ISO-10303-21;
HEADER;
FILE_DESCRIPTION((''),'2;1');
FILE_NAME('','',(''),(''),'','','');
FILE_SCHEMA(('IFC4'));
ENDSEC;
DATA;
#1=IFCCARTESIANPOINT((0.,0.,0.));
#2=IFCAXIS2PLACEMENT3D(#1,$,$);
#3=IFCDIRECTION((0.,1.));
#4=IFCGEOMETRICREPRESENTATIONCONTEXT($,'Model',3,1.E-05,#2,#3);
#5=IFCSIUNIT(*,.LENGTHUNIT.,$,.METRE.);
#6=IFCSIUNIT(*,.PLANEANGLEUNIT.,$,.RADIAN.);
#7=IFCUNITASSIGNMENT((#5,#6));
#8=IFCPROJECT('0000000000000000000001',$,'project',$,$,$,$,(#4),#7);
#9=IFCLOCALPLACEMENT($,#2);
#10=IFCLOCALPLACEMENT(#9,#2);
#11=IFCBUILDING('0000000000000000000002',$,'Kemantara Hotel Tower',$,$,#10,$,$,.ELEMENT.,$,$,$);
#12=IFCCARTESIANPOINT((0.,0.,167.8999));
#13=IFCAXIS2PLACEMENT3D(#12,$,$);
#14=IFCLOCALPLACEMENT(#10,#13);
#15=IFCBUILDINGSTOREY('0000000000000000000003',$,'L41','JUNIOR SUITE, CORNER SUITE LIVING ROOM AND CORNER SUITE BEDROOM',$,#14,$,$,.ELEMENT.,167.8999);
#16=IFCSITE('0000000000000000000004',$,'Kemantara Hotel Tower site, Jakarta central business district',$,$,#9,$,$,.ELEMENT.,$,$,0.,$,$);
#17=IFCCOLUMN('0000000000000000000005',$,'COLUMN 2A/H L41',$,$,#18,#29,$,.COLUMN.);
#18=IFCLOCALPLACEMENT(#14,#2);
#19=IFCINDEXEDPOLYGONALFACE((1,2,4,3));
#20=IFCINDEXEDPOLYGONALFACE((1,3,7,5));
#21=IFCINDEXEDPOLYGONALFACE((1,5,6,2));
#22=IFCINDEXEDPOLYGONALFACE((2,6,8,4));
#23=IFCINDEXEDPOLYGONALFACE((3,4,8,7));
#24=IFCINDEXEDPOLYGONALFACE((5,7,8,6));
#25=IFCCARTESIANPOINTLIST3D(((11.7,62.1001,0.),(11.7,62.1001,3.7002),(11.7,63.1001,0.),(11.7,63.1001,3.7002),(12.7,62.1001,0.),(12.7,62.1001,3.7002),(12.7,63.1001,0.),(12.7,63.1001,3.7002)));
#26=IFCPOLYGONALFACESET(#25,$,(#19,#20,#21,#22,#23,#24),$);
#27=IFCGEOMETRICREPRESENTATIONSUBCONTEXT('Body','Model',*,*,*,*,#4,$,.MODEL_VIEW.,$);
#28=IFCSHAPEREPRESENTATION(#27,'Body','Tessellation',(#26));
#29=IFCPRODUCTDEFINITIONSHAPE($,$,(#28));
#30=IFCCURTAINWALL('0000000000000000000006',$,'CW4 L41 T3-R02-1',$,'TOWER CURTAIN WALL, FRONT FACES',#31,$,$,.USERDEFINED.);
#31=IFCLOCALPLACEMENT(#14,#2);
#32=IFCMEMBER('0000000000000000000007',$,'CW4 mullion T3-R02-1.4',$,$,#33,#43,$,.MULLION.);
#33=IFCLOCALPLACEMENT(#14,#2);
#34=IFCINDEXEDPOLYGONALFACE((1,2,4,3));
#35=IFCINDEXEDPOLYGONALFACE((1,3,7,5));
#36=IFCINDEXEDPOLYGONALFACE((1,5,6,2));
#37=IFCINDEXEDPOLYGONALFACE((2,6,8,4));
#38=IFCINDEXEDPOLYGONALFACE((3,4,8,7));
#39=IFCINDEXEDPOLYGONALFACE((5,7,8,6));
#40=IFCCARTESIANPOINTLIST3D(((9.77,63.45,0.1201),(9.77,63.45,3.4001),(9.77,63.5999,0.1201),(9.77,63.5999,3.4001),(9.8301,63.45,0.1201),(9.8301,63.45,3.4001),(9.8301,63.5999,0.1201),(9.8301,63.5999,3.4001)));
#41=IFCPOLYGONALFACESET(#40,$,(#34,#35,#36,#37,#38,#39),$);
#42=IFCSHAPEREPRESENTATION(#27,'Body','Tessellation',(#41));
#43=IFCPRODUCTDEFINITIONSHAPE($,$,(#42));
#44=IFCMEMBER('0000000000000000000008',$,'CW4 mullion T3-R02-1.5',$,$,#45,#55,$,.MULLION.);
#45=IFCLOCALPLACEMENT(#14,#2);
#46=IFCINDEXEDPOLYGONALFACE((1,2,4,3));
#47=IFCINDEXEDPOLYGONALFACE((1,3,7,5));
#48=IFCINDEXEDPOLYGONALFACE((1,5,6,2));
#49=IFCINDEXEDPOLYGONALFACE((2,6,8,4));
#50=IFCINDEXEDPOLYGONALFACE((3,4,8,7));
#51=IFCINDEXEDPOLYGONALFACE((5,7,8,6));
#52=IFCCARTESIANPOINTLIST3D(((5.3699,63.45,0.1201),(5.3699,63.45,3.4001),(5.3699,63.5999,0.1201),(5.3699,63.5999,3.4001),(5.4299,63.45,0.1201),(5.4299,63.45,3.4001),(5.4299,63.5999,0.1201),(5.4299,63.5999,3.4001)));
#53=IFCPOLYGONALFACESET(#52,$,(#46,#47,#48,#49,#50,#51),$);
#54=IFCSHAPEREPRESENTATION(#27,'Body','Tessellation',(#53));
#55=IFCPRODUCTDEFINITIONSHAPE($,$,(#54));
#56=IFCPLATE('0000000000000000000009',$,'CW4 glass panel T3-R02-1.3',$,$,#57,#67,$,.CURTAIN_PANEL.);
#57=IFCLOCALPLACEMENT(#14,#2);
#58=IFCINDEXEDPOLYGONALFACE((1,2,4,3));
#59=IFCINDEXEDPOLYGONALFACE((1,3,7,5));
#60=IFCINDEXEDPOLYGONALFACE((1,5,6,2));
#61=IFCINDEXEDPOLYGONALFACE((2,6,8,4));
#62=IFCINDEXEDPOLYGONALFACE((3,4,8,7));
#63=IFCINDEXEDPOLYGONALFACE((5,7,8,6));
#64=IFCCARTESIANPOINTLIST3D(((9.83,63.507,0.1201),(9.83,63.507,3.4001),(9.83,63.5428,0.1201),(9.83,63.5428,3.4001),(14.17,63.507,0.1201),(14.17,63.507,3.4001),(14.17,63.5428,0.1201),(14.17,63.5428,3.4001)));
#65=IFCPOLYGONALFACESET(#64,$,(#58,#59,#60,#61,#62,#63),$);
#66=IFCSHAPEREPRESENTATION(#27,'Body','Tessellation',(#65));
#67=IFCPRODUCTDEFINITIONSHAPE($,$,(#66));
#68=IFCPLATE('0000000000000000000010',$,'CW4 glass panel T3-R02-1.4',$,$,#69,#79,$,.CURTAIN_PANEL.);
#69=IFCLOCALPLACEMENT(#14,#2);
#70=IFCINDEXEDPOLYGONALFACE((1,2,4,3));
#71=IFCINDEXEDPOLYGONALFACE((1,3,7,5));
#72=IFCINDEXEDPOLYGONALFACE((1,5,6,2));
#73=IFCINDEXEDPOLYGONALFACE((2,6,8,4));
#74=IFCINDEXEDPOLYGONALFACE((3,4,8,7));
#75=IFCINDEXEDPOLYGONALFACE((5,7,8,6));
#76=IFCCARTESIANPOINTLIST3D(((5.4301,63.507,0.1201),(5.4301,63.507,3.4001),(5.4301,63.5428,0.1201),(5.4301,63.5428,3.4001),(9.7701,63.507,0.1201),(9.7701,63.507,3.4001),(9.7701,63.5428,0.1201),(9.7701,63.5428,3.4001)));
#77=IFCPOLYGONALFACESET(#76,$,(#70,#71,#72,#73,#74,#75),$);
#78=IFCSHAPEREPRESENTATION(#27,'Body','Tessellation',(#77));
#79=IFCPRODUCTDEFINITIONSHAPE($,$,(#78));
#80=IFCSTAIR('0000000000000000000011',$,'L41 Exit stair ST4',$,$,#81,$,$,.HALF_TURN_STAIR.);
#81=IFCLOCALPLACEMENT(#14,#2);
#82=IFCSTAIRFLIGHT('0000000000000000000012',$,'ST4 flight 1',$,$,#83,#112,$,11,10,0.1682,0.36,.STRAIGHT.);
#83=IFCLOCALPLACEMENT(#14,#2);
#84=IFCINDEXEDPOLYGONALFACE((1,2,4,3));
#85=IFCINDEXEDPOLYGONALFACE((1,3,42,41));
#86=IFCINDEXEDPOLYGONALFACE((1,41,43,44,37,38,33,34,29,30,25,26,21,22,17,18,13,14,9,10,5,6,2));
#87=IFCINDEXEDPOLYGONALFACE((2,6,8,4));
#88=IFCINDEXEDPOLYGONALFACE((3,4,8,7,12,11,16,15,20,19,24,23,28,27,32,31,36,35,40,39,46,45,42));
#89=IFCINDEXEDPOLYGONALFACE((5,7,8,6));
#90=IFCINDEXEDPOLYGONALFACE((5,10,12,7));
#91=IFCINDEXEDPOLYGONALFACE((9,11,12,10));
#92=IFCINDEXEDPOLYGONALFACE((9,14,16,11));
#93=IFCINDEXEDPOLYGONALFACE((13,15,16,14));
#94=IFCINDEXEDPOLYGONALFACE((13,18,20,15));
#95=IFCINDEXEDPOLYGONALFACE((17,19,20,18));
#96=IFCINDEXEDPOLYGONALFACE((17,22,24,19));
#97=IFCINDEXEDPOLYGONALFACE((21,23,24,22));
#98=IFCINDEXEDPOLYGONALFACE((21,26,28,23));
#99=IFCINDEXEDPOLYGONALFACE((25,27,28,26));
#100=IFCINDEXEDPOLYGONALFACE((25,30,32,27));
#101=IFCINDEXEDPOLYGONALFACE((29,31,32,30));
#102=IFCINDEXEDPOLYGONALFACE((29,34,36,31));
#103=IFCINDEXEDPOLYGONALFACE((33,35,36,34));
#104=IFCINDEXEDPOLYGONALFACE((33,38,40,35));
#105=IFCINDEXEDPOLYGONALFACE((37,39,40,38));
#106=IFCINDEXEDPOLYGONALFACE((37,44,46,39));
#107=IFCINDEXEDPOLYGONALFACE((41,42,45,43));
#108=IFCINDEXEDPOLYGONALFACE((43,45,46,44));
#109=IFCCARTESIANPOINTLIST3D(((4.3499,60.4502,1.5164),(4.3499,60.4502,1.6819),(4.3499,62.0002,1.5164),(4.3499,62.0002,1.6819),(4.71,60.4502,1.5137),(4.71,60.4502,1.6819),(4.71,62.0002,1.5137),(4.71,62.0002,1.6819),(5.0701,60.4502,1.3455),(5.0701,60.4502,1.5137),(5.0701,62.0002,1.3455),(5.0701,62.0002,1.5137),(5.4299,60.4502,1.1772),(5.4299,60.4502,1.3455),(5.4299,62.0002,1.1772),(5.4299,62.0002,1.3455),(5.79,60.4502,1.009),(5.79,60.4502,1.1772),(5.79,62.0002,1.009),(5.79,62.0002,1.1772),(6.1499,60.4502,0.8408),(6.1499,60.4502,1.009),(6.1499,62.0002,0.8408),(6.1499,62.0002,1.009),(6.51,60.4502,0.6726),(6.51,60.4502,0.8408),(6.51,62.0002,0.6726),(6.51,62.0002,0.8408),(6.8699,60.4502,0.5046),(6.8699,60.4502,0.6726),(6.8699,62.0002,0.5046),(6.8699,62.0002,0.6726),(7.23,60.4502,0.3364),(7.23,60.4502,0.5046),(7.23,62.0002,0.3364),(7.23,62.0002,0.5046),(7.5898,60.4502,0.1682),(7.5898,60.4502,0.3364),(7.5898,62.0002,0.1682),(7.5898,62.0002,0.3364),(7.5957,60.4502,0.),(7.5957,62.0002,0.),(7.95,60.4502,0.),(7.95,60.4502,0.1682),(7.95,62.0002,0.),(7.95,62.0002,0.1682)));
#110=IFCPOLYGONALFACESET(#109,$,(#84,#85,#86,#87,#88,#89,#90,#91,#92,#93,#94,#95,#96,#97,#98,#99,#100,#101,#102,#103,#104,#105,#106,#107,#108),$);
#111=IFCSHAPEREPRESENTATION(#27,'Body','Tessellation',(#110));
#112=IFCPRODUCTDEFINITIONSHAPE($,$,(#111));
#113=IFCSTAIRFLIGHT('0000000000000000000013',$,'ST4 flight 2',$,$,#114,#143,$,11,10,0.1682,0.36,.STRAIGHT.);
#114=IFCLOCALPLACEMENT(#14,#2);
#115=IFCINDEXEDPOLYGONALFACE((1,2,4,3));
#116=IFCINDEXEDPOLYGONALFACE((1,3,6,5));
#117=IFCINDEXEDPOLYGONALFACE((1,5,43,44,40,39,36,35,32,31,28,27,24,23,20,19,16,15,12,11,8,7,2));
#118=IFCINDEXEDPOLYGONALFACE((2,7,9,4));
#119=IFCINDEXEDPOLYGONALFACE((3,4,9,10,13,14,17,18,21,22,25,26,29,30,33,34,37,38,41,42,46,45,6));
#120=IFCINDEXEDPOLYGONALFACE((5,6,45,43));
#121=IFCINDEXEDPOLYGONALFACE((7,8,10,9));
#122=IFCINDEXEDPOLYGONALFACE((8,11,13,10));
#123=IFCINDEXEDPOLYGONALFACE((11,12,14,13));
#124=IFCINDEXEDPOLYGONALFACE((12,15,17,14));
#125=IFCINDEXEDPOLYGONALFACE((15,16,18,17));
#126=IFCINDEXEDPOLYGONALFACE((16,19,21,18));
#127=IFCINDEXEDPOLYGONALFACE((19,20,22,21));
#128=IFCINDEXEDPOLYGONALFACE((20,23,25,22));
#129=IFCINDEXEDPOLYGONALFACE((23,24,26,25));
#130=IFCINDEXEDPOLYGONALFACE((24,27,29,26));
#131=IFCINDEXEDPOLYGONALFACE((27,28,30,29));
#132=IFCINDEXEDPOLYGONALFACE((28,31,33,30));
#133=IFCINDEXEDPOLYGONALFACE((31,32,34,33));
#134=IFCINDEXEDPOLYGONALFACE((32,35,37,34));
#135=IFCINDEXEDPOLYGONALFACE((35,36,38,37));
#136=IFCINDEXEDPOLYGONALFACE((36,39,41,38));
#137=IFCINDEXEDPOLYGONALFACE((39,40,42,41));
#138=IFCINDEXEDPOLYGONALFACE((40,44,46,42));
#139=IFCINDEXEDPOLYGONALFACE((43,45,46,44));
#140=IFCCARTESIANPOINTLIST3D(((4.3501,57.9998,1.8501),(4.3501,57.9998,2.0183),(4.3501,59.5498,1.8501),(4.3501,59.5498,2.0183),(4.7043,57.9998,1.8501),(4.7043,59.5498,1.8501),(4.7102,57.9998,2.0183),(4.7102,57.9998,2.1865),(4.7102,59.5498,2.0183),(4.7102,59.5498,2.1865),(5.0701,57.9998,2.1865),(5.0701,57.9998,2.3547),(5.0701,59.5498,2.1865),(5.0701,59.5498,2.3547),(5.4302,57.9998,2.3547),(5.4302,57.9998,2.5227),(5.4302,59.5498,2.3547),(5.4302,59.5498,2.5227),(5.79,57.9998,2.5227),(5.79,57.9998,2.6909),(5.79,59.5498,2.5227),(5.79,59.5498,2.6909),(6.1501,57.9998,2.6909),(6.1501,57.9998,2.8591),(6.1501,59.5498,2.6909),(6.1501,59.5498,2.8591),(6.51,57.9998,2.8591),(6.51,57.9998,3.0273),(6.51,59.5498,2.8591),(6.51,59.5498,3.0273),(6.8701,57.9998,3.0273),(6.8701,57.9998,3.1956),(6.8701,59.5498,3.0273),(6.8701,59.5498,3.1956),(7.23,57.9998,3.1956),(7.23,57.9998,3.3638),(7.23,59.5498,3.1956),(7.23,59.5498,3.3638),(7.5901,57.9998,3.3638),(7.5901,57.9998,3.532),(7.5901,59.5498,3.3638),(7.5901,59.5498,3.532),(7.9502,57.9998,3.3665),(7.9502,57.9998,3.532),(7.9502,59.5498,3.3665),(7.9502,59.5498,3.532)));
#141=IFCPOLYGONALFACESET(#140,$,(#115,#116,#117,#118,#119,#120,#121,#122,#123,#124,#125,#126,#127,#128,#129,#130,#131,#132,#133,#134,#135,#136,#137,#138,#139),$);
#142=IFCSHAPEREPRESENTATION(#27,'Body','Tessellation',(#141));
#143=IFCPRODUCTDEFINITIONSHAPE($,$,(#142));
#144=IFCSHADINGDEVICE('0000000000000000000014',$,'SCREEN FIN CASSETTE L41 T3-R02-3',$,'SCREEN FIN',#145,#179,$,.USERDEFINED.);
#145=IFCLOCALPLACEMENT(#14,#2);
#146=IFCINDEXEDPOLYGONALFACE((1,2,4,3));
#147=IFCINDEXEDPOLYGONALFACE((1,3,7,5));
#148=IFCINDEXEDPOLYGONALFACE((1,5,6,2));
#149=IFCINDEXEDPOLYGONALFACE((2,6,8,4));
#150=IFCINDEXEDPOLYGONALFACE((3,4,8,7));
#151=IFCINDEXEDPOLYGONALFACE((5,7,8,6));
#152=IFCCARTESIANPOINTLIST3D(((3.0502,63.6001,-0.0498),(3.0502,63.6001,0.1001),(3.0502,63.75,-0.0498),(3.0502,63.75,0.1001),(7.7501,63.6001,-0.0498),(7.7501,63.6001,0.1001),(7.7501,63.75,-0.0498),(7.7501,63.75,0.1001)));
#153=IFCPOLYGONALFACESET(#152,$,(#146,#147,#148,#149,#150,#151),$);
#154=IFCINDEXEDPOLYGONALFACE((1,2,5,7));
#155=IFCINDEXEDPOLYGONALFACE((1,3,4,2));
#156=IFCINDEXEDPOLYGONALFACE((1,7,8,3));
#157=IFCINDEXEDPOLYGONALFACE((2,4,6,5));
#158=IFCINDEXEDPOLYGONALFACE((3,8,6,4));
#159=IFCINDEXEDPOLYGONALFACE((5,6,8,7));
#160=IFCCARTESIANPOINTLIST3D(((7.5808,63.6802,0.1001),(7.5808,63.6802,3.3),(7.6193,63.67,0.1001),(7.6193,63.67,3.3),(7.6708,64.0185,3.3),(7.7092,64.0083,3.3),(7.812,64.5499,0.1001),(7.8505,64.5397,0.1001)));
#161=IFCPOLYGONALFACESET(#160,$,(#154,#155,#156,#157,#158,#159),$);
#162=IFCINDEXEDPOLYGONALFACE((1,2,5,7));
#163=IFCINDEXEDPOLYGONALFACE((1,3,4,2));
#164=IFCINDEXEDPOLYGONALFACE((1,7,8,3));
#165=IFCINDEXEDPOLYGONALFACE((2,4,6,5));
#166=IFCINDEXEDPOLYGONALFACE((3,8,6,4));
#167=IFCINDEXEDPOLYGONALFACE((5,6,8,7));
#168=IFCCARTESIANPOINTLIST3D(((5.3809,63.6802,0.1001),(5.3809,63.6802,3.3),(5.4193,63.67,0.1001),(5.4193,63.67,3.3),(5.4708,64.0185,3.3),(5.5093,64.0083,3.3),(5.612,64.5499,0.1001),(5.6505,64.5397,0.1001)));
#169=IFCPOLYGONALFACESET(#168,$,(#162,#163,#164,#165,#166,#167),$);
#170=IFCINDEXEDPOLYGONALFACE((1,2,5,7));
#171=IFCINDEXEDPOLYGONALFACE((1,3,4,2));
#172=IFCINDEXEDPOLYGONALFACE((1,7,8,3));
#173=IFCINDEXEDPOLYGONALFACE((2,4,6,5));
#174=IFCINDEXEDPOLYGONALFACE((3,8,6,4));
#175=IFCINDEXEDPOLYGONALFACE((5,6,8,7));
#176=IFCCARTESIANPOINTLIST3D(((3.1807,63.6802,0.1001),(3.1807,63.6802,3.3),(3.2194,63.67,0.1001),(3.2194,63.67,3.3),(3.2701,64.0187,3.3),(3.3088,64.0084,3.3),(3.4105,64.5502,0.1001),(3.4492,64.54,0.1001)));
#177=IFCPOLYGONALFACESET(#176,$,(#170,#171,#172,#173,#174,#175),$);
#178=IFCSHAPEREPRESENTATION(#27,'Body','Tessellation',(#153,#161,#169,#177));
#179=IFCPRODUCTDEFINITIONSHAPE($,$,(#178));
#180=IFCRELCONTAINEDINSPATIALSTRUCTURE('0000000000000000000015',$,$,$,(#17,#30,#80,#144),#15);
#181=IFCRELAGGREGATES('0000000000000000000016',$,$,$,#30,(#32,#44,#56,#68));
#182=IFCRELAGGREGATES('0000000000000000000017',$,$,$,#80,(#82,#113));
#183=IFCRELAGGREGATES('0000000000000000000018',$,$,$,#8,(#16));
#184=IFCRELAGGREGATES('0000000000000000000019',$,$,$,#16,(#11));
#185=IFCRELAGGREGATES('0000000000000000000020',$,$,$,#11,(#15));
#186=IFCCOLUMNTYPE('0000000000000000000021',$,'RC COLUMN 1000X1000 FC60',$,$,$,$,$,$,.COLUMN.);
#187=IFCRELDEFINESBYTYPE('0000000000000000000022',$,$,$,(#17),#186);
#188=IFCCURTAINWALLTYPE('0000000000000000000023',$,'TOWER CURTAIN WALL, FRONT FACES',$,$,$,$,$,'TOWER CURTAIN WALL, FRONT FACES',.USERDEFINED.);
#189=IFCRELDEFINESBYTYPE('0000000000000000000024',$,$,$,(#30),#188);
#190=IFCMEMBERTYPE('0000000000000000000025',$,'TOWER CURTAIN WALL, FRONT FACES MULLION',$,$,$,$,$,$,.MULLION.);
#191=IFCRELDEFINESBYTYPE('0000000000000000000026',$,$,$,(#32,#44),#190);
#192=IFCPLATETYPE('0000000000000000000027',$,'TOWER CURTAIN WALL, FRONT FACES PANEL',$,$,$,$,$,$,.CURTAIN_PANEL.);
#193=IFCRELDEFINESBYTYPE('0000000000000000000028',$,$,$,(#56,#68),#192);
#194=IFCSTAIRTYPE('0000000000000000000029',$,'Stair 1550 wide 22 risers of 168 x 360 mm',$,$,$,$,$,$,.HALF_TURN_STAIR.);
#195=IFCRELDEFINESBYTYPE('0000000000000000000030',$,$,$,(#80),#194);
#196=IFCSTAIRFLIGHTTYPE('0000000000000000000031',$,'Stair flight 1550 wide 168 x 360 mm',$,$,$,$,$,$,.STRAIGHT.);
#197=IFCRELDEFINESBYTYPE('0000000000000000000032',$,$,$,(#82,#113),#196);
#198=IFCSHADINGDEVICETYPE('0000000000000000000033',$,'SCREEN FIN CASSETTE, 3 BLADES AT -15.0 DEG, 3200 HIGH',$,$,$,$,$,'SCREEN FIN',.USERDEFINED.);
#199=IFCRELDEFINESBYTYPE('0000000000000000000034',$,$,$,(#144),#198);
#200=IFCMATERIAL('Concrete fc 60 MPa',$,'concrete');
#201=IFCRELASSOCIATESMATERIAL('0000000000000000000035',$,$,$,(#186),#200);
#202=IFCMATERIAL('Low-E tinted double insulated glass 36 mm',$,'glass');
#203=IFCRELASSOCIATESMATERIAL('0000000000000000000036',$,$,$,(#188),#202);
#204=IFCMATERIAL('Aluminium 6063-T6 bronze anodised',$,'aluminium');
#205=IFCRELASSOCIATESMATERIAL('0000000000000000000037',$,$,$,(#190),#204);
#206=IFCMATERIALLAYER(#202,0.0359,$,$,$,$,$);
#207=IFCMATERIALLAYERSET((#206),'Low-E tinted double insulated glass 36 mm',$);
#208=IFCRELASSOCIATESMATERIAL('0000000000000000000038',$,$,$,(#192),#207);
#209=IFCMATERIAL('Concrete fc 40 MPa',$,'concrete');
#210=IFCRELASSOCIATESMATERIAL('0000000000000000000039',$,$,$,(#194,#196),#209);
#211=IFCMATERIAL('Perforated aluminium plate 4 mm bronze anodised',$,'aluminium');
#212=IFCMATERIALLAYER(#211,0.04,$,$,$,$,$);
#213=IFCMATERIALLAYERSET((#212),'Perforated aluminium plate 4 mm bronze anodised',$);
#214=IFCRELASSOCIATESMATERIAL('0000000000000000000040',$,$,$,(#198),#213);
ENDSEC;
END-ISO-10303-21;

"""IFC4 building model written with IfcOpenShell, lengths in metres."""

from ifc_helpers import new_model, si_unit, direction, frame, origin, origin_2d, place, context, subcontext, project, spatial, polyline, rectangle, outline, extrude, source, transform, mapped, material, layer, layer_set, material_profile, profile_set, type_object, element, aggregate, save


model = new_model("IFC4")

# Units and contexts
model_context = context("Model", 3, precision=1e-05, world=origin(), true_north=direction((0.0, 1.0)))
body_context = subcontext(model_context, "Body", "Model", "MODEL_VIEW")
ifc_project = project(units=[si_unit("LENGTHUNIT", "METRE"), si_unit("PLANEANGLEUNIT", "RADIAN")], contexts=[model_context])

# Site, building, storey
site_placement = place(None, origin())
site = spatial("IfcSite", under=ifc_project, at=site_placement, Name="Kemantara Hotel Tower site, Jakarta central business district", CompositionType="ELEMENT", RefElevation=0.0)
building_placement = place(site_placement, origin())
building = spatial("IfcBuilding", under=site, at=building_placement, Name="Kemantara Hotel Tower", CompositionType="ELEMENT")
storey_placement = place(building_placement, frame((0.0, 0.0, 167.8999)))
storey = spatial("IfcBuildingStorey", under=building, at=storey_placement, Name="L41", Description="JUNIOR SUITE, CORNER SUITE LIVING ROOM AND CORNER SUITE BEDROOM", CompositionType="ELEMENT", Elevation=167.8999)

# Column
ifc_material_1 = material(Name="Concrete fc 60 MPa", Category="concrete")
ifc_material_profile_1 = material_profile(ifc_material_1, rectangle(XDim=1.0, YDim=1.0, at=origin_2d()), Name="RC 1000X1000")
ifc_profile_set_1 = profile_set([ifc_material_profile_1], Name="Concrete fc 60 MPa")
column_type = type_object("IfcColumnType", Name="RC COLUMN 1000X1000 FC60", PredefinedType="COLUMN", material=ifc_profile_set_1)
column_placement = place(storey_placement, frame((12.2, 62.6001, 0.0), z_axis=(0.0, 0.0, 1.0), x_axis=(1.0, 0.0, 0.0)))
element("IfcColumn", 1, at=column_placement, inside=storey, type_object=column_type, Name="COLUMN 2A/H L41", PredefinedType="COLUMN", context=body_context, shape_type="SweptSolid", body=[
    extrude(rectangle(XDim=1.0, YDim=1.0, at=origin_2d()), origin(), (0.0, 0.0, 1.0), 3.7002),
])

# Curtain wall, members, plates
ifc_material_2 = material(Name="Low-E tinted double insulated glass 36 mm", Category="glass")
curtain_wall_type = type_object("IfcCurtainWallType", Name="TOWER CURTAIN WALL, FRONT FACES", ElementType="TOWER CURTAIN WALL, FRONT FACES", PredefinedType="USERDEFINED", material=ifc_material_2)
curtain_wall_placement = place(storey_placement, origin())
curtain_wall = element("IfcCurtainWall", 2, at=curtain_wall_placement, inside=storey, type_object=curtain_wall_type, Name="CW4 L41 T3-R02-1", ObjectType="TOWER CURTAIN WALL, FRONT FACES", PredefinedType="USERDEFINED")
ifc_material_3 = material(Name="Aluminium 6063-T6 bronze anodised", Category="aluminium")
ifc_material_profile_2 = material_profile(ifc_material_3, rectangle(XDim=0.1499, YDim=0.0601, at=origin_2d()), Name="TOWER CURTAIN WALL, FRONT FACES MULLION")
ifc_profile_set_2 = profile_set([ifc_material_profile_2], Name="Aluminium 6063-T6 bronze anodised")
member_type = type_object("IfcMemberType", Name="TOWER CURTAIN WALL, FRONT FACES MULLION", PredefinedType="MULLION", material=ifc_profile_set_2)
shared_shape_1 = source(origin(), body_context, "Body", "SweptSolid", [
    extrude(rectangle(XDim=0.1499, YDim=0.0601, at=origin_2d()), origin(), (0.0, 0.0, 1.0), 3.28),
])
member_1_placement = place(storey_placement, frame((9.8, 63.5249, 0.1201), z_axis=(0.0, 0.0, 1.0), x_axis=(0.0, -1.0, 0.0)))
member_1 = element("IfcMember", 3, at=member_1_placement, type_object=member_type, Name="CW4 mullion T3-R02-1.4", PredefinedType="MULLION", context=body_context, shape_type="MappedRepresentation", body=[
    mapped(shared_shape_1, transform((0.0, 0.0, 0.0))),
])
member_2_placement = place(storey_placement, frame((5.3999, 63.5249, 0.1201), z_axis=(0.0, 0.0, 1.0), x_axis=(0.0, -1.0, 0.0)))
member_2 = element("IfcMember", 4, at=member_2_placement, type_object=member_type, Name="CW4 mullion T3-R02-1.5", PredefinedType="MULLION", context=body_context, shape_type="MappedRepresentation", body=[
    mapped(shared_shape_1, transform((0.0, 0.0, 0.0))),
])
ifc_layer_1 = layer(ifc_material_2, 0.0359)
ifc_layer_set_1 = layer_set([ifc_layer_1], Name="Low-E tinted double insulated glass 36 mm")
plate_type = type_object("IfcPlateType", Name="TOWER CURTAIN WALL, FRONT FACES PANEL", PredefinedType="CURTAIN_PANEL", material=ifc_layer_set_1)
shared_shape_2 = source(origin(), body_context, "Body", "SweptSolid", [
    extrude(rectangle(XDim=4.3401, YDim=0.0359, at=origin_2d()), origin(), (0.0, 0.0, 1.0), 3.28),
])
plate_1_placement = place(storey_placement, frame((12.0, 63.5249, 0.1201), z_axis=(0.0, 0.0, 1.0), x_axis=(-1.0, 0.0, 0.0)))
plate_1 = element("IfcPlate", 5, at=plate_1_placement, type_object=plate_type, Name="CW4 glass panel T3-R02-1.3", PredefinedType="CURTAIN_PANEL", context=body_context, shape_type="MappedRepresentation", body=[
    mapped(shared_shape_2, transform((0.0, 0.0, 0.0))),
])
plate_2_placement = place(storey_placement, frame((7.6001, 63.5249, 0.1201), z_axis=(0.0, 0.0, 1.0), x_axis=(-1.0, 0.0, 0.0)))
plate_2 = element("IfcPlate", 6, at=plate_2_placement, type_object=plate_type, Name="CW4 glass panel T3-R02-1.4", PredefinedType="CURTAIN_PANEL", context=body_context, shape_type="MappedRepresentation", body=[
    mapped(shared_shape_2, transform((0.0, 0.0, 0.0))),
])
aggregate(curtain_wall, [member_1, member_2, plate_1, plate_2])

# Stair, stair flights
ifc_material_4 = material(Name="Concrete fc 40 MPa", Category="concrete")
stair_type = type_object("IfcStairType", Name="Stair 1550 wide 22 risers of 168 x 360 mm", PredefinedType="HALF_TURN_STAIR", material=ifc_material_4)
stair_placement = place(storey_placement, origin())
stair = element("IfcStair", 7, at=stair_placement, inside=storey, type_object=stair_type, Name="L41 Exit stair ST4", PredefinedType="HALF_TURN_STAIR")
stair_flight_type = type_object("IfcStairFlightType", Name="Stair flight 1550 wide 168 x 360 mm", PredefinedType="STRAIGHT", material=ifc_material_4)
stair_flight_1_placement = place(storey_placement, frame((7.95, 61.2251, 0.0), z_axis=(0.0, 0.0, 1.0), x_axis=(-1.0, 0.0, 0.0)))
stair_flight_1 = element("IfcStairFlight", 8, at=stair_flight_1_placement, type_object=stair_flight_type, Name="ST4 flight 1", NumberOfRisers=11, NumberOfTreads=10, PredefinedType="STRAIGHT", RiserHeight=0.1682, TreadLength=0.36, context=body_context, shape_type="SweptSolid", body=[
    extrude(outline(polyline([(0.0, 0.0), (0.0, 0.1682), (0.3601, 0.1682), (0.3601, 0.3364), (0.72, 0.3364), (0.72, 0.5046), (1.0801, 0.5046), (1.0801, 0.6726), (1.4399, 0.6726), (1.4399, 0.8408), (1.8, 0.8408), (1.8, 1.009), (2.1599, 1.009), (2.1599, 1.1772), (2.52, 1.1772), (2.52, 1.3455), (2.8799, 1.3455), (2.8799, 1.5137), (3.24, 1.5137), (3.24, 1.6819), (3.6001, 1.6819), (3.6001, 1.8501), (3.6001, 1.5164), (0.3542, 0.0), (0.0, 0.0)])), frame((0.0, 0.7749, 0.0), z_axis=(0.0, -1.0, 0.0), x_axis=(1.0, 0.0, 0.0)), (0.0, 0.0, 1.0), 1.55),
])
stair_flight_2_placement = place(storey_placement, frame((4.3501, 58.7749, 1.8501), z_axis=(0.0, 0.0, 1.0), x_axis=(1.0, 0.0, 0.0)))
stair_flight_2 = element("IfcStairFlight", 9, at=stair_flight_2_placement, type_object=stair_flight_type, Name="ST4 flight 2", NumberOfRisers=11, NumberOfTreads=10, PredefinedType="STRAIGHT", RiserHeight=0.1682, TreadLength=0.36, context=body_context, shape_type="SweptSolid", body=[
    extrude(outline(polyline([(0.0, 0.0), (0.0, 0.1682), (0.3601, 0.1682), (0.3601, 0.3364), (0.72, 0.3364), (0.72, 0.5046), (1.0801, 0.5046), (1.0801, 0.6726), (1.4399, 0.6726), (1.4399, 0.8408), (1.8, 0.8408), (1.8, 1.009), (2.1599, 1.009), (2.1599, 1.1772), (2.52, 1.1772), (2.52, 1.3455), (2.8799, 1.3455), (2.8799, 1.5137), (3.24, 1.5137), (3.24, 1.6819), (3.6001, 1.6819), (3.6001, 1.8501), (3.6001, 1.5164), (0.3542, 0.0), (0.0, 0.0)])), frame((0.0, 0.7749, 0.0), z_axis=(0.0, -1.0, 0.0), x_axis=(1.0, 0.0, 0.0)), (0.0, 0.0, 1.0), 1.55),
])
aggregate(stair, [stair_flight_1, stair_flight_2])

# Shading device
ifc_material_5 = material(Name="Perforated aluminium plate 4 mm bronze anodised", Category="aluminium")
ifc_layer_2 = layer(ifc_material_5, 0.04)
ifc_layer_set_2 = layer_set([ifc_layer_2], Name="Perforated aluminium plate 4 mm bronze anodised")
shading_device_type = type_object("IfcShadingDeviceType", Name="SCREEN FIN CASSETTE, 3 BLADES AT -15.0 DEG, 3200 HIGH", ElementType="SCREEN FIN", PredefinedType="USERDEFINED", material=ifc_layer_set_2)
shared_shape_3 = source(origin(), body_context, "Body", "SweptSolid", [
    extrude(rectangle(XDim=4.7, YDim=0.1499, at=origin_2d()), frame((2.2, -0.075, -0.1499), z_axis=(0.0, 0.0, 1.0), x_axis=(1.0, 0.0, 0.0)), (0.0, 0.0, 1.0), 0.1499),
    extrude(outline(polyline([(0.0, 0.0), (0.8999, 0.0), (0.3501, 3.2), (0.0, 3.2), (0.0, 0.0)])), frame((0.0193, -0.0801, 0.0), z_axis=(-0.966438, 0.256901, 0.0), x_axis=(-0.256901, -0.966438, 0.0)), (0.0, 0.0, 1.0), 0.0398),
    extrude(outline(polyline([(0.0, 0.0), (0.8999, 0.0), (0.3501, 3.2), (0.0, 3.2), (0.0, 0.0)])), frame((2.2192, -0.0801, 0.0), z_axis=(-0.966438, 0.256901, 0.0), x_axis=(-0.256901, -0.966438, 0.0)), (0.0, 0.0, 1.0), 0.0398),
    extrude(outline(polyline([(0.0, 0.0), (0.8999, 0.0), (0.3501, 3.2), (0.0, 3.2), (0.0, 0.0)])), frame((4.4194, -0.0801, 0.0), z_axis=(-0.966838, 0.255391, 0.0), x_axis=(-0.255391, -0.966838, 0.0)), (0.0, 0.0, 1.0), 0.04),
])
shading_device_placement = place(storey_placement, frame((7.6001, 63.6001, 0.1001), z_axis=(0.0, 0.0, 1.0), x_axis=(-1.0, 0.0, 0.0)))
element("IfcShadingDevice", 10, at=shading_device_placement, inside=storey, type_object=shading_device_type, Name="SCREEN FIN CASSETTE L41 T3-R02-3", ObjectType="SCREEN FIN", PredefinedType="USERDEFINED", context=body_context, shape_type="MappedRepresentation", body=[
    mapped(shared_shape_3, transform((0.0, 0.0, 0.0))),
])

save(model, "model.ifc")
